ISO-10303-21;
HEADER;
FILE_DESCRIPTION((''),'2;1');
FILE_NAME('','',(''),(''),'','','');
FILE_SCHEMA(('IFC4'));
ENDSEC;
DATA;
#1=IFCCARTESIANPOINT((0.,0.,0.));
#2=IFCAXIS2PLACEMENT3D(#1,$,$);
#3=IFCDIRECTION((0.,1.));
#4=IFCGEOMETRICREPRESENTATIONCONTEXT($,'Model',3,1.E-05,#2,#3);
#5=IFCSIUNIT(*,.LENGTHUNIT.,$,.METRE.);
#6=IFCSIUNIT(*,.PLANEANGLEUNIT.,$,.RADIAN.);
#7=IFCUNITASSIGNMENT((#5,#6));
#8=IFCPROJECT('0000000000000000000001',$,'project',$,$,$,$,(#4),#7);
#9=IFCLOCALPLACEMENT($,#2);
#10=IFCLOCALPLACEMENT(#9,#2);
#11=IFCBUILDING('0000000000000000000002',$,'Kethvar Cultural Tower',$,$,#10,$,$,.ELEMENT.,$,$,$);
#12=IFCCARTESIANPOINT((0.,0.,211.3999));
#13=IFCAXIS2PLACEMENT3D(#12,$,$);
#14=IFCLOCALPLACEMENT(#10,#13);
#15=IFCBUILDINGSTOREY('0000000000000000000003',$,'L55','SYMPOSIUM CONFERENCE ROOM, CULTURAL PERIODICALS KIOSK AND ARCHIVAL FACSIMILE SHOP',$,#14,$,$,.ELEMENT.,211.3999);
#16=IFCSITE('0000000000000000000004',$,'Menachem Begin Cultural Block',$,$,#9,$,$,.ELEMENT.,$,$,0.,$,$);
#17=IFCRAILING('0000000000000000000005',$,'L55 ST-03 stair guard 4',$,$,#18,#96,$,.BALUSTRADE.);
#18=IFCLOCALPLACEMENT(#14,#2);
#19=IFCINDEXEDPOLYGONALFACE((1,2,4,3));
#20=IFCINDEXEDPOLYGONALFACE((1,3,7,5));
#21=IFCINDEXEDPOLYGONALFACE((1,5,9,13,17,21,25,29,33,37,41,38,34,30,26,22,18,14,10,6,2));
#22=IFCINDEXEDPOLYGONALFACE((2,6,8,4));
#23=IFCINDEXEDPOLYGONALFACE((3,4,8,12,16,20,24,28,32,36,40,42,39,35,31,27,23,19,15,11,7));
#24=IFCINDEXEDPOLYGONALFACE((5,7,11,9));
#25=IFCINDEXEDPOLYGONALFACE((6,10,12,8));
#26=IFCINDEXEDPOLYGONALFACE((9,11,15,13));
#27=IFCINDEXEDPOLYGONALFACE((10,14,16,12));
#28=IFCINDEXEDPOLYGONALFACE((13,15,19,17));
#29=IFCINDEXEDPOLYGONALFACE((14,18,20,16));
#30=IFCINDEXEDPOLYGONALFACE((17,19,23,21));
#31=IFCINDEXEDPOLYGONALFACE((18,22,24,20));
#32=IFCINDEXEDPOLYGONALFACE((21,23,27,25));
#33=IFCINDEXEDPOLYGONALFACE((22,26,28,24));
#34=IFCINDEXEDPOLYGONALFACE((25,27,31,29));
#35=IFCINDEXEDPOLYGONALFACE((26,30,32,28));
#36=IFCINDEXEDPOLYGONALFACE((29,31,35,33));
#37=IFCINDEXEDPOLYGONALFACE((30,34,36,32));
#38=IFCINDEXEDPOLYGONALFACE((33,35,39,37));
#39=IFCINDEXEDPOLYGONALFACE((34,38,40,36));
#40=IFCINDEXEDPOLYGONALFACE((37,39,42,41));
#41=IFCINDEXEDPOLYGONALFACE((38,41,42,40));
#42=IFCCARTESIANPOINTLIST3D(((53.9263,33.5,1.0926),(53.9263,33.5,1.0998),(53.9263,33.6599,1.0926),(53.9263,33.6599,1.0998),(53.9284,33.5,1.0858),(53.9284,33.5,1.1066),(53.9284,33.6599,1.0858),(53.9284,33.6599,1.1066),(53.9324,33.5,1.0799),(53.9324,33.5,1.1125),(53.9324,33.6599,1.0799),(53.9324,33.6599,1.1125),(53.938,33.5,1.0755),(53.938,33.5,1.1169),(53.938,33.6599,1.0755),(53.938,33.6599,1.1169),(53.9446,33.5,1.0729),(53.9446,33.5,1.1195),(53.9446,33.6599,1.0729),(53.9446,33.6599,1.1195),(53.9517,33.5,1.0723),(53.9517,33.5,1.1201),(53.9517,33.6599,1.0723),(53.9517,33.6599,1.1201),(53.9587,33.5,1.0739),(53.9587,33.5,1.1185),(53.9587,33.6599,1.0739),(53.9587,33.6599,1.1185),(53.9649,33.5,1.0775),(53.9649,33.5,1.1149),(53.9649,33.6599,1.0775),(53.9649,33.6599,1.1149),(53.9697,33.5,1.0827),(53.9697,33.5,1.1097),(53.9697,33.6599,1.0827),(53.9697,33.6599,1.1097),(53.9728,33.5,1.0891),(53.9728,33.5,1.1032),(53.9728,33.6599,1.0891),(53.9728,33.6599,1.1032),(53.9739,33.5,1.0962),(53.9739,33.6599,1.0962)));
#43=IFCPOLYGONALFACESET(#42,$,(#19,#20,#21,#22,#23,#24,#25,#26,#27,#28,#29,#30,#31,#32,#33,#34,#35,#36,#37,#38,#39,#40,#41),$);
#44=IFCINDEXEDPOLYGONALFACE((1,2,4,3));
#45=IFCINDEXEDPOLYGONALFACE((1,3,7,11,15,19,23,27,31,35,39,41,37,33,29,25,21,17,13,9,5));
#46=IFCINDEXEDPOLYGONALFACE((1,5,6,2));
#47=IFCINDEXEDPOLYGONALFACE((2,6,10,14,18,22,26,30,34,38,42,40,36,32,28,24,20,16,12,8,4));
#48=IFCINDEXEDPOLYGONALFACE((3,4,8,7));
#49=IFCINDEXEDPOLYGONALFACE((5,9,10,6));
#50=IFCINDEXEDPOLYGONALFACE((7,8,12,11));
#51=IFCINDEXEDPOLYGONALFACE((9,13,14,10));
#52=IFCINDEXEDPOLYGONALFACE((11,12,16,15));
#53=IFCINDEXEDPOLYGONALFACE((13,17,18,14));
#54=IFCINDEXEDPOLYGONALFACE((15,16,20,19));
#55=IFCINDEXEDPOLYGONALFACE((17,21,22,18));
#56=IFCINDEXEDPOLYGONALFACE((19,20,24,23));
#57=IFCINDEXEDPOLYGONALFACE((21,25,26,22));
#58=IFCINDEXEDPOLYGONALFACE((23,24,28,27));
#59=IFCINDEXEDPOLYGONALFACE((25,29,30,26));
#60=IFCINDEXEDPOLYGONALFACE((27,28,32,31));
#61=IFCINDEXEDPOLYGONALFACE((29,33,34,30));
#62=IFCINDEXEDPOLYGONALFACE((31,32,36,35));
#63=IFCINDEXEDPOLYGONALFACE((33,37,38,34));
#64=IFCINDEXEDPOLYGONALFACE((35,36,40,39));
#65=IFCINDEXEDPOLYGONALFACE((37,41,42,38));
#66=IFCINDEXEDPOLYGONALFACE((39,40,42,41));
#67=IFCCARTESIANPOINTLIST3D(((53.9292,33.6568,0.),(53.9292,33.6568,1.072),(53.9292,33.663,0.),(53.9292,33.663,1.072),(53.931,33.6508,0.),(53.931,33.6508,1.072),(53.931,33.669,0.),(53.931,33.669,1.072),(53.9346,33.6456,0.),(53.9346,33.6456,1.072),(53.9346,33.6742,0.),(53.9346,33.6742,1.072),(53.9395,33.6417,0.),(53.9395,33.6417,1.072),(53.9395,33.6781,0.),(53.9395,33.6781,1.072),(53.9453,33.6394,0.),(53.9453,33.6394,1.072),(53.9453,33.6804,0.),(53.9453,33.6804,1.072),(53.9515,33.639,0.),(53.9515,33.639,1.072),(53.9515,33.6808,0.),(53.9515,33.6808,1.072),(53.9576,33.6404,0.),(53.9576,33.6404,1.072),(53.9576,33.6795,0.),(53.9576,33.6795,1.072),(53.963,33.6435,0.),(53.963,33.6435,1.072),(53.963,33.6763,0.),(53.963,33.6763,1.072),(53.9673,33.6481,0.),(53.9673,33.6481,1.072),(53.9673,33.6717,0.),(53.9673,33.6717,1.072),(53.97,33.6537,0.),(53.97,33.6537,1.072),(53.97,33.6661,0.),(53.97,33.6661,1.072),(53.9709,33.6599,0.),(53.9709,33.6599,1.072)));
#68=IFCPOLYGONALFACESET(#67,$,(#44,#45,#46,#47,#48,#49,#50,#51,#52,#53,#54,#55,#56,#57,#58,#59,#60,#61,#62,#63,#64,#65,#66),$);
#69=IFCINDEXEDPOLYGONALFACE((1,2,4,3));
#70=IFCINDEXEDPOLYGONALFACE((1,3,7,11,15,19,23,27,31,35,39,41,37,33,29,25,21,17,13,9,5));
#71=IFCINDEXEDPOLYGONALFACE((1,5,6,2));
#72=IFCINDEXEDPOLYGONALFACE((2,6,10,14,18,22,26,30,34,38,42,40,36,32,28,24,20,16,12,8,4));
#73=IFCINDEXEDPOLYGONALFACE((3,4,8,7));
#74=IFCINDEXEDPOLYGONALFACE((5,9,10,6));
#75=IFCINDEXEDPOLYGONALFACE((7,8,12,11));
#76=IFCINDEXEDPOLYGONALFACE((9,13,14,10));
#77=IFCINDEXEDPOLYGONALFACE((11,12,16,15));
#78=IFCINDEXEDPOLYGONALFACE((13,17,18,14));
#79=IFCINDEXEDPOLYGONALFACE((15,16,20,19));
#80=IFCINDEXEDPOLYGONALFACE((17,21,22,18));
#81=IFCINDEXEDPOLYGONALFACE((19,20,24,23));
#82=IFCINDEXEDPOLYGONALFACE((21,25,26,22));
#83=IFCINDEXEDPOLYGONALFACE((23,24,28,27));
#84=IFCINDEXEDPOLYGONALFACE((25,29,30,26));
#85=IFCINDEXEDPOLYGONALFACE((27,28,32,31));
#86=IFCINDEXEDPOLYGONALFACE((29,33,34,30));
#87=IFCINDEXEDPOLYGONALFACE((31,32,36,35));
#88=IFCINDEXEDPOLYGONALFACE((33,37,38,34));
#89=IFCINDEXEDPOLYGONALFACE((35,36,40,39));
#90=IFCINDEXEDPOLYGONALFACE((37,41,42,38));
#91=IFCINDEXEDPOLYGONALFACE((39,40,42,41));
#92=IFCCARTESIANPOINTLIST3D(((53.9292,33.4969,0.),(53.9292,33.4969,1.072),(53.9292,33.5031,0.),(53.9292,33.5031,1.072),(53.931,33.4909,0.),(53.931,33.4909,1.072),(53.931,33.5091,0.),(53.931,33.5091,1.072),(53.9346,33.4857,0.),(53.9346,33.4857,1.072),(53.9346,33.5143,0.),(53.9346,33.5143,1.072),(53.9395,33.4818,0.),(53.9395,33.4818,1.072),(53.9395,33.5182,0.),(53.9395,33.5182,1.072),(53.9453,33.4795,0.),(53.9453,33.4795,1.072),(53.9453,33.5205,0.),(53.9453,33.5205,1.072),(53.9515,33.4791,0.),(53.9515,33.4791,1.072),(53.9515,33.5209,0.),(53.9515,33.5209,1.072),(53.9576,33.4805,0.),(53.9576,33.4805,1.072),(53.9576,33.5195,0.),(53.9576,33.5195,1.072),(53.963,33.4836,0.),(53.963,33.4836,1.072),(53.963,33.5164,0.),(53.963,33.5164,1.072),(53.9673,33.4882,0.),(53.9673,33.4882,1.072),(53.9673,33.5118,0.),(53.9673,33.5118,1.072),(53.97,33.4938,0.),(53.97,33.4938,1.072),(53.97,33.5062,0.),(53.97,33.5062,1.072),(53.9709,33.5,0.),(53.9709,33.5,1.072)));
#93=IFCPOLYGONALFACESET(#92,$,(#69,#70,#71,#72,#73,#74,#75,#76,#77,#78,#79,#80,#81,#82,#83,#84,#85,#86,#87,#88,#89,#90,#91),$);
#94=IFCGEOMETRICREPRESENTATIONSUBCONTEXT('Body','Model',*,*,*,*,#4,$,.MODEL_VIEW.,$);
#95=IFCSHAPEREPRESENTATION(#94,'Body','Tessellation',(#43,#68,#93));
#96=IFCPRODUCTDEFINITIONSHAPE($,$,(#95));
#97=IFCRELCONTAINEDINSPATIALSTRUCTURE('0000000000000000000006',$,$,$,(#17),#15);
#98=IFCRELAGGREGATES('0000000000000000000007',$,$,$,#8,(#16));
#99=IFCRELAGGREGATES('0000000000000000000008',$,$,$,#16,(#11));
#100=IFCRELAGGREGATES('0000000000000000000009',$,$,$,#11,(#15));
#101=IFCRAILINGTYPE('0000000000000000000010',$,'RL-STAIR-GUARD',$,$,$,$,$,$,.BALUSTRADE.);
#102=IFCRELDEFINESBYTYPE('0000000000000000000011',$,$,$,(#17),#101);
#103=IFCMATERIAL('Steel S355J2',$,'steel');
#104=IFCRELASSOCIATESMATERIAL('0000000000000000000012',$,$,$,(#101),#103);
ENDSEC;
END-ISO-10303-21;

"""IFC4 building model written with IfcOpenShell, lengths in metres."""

from ifc_helpers import new_model, si_unit, direction, frame, origin, origin_2d, place, context, subcontext, project, spatial, circle, extrude, material, type_object, element, save


model = new_model("IFC4")

# Units and contexts
model_context = context("Model", 3, precision=1e-05, world=origin(), true_north=direction((0.0, 1.0)))
body_context = subcontext(model_context, "Body", "Model", "MODEL_VIEW")
ifc_project = project(units=[si_unit("LENGTHUNIT", "METRE"), si_unit("PLANEANGLEUNIT", "RADIAN")], contexts=[model_context])

# Site, building, storey
site_placement = place(None, origin())
site = spatial("IfcSite", under=ifc_project, at=site_placement, Name="Menachem Begin Cultural Block", CompositionType="ELEMENT", RefElevation=0.0)
building_placement = place(site_placement, origin())
building = spatial("IfcBuilding", under=site, at=building_placement, Name="Kethvar Cultural Tower", CompositionType="ELEMENT")
storey_placement = place(building_placement, frame((0.0, 0.0, 211.3999)))
storey = spatial("IfcBuildingStorey", under=building, at=storey_placement, Name="L55", Description="SYMPOSIUM CONFERENCE ROOM, CULTURAL PERIODICALS KIOSK AND ARCHIVAL FACSIMILE SHOP", CompositionType="ELEMENT", Elevation=211.3999)

# Shared definitions
ifc_material_1 = material(Name="Steel S355J2", Category="steel")

# Railing
railing_type_1 = type_object("IfcRailingType", Name="RL-STAIR-GUARD", PredefinedType="BALUSTRADE", material=ifc_material_1)
railing_1_placement = place(storey_placement, frame((53.95, 33.6599, 0.0)))
element("IfcRailing", 1, at=railing_1_placement, inside=storey, type_object=railing_type_1, Name="L55 ST-03 stair guard 4", PredefinedType="BALUSTRADE", context=body_context, shape_type="SweptSolid", body=[
    extrude(circle(Radius=0.0239, at=origin_2d()), frame((0.0, 0.0, 1.0962), z_axis=(0.0, -1.0, 0.0), x_axis=(1.0, 0.0, 0.0)), (0.0, 0.0, 1.0), 0.1599),
    extrude(circle(Radius=0.021, at=origin_2d()), origin(), (0.0, 0.0, 1.0), 1.072),
    extrude(circle(Radius=0.021, at=origin_2d()), frame((0.0, -0.1599, 0.0)), (0.0, 0.0, 1.0), 1.072),
])

save(model, "model.ifc")
